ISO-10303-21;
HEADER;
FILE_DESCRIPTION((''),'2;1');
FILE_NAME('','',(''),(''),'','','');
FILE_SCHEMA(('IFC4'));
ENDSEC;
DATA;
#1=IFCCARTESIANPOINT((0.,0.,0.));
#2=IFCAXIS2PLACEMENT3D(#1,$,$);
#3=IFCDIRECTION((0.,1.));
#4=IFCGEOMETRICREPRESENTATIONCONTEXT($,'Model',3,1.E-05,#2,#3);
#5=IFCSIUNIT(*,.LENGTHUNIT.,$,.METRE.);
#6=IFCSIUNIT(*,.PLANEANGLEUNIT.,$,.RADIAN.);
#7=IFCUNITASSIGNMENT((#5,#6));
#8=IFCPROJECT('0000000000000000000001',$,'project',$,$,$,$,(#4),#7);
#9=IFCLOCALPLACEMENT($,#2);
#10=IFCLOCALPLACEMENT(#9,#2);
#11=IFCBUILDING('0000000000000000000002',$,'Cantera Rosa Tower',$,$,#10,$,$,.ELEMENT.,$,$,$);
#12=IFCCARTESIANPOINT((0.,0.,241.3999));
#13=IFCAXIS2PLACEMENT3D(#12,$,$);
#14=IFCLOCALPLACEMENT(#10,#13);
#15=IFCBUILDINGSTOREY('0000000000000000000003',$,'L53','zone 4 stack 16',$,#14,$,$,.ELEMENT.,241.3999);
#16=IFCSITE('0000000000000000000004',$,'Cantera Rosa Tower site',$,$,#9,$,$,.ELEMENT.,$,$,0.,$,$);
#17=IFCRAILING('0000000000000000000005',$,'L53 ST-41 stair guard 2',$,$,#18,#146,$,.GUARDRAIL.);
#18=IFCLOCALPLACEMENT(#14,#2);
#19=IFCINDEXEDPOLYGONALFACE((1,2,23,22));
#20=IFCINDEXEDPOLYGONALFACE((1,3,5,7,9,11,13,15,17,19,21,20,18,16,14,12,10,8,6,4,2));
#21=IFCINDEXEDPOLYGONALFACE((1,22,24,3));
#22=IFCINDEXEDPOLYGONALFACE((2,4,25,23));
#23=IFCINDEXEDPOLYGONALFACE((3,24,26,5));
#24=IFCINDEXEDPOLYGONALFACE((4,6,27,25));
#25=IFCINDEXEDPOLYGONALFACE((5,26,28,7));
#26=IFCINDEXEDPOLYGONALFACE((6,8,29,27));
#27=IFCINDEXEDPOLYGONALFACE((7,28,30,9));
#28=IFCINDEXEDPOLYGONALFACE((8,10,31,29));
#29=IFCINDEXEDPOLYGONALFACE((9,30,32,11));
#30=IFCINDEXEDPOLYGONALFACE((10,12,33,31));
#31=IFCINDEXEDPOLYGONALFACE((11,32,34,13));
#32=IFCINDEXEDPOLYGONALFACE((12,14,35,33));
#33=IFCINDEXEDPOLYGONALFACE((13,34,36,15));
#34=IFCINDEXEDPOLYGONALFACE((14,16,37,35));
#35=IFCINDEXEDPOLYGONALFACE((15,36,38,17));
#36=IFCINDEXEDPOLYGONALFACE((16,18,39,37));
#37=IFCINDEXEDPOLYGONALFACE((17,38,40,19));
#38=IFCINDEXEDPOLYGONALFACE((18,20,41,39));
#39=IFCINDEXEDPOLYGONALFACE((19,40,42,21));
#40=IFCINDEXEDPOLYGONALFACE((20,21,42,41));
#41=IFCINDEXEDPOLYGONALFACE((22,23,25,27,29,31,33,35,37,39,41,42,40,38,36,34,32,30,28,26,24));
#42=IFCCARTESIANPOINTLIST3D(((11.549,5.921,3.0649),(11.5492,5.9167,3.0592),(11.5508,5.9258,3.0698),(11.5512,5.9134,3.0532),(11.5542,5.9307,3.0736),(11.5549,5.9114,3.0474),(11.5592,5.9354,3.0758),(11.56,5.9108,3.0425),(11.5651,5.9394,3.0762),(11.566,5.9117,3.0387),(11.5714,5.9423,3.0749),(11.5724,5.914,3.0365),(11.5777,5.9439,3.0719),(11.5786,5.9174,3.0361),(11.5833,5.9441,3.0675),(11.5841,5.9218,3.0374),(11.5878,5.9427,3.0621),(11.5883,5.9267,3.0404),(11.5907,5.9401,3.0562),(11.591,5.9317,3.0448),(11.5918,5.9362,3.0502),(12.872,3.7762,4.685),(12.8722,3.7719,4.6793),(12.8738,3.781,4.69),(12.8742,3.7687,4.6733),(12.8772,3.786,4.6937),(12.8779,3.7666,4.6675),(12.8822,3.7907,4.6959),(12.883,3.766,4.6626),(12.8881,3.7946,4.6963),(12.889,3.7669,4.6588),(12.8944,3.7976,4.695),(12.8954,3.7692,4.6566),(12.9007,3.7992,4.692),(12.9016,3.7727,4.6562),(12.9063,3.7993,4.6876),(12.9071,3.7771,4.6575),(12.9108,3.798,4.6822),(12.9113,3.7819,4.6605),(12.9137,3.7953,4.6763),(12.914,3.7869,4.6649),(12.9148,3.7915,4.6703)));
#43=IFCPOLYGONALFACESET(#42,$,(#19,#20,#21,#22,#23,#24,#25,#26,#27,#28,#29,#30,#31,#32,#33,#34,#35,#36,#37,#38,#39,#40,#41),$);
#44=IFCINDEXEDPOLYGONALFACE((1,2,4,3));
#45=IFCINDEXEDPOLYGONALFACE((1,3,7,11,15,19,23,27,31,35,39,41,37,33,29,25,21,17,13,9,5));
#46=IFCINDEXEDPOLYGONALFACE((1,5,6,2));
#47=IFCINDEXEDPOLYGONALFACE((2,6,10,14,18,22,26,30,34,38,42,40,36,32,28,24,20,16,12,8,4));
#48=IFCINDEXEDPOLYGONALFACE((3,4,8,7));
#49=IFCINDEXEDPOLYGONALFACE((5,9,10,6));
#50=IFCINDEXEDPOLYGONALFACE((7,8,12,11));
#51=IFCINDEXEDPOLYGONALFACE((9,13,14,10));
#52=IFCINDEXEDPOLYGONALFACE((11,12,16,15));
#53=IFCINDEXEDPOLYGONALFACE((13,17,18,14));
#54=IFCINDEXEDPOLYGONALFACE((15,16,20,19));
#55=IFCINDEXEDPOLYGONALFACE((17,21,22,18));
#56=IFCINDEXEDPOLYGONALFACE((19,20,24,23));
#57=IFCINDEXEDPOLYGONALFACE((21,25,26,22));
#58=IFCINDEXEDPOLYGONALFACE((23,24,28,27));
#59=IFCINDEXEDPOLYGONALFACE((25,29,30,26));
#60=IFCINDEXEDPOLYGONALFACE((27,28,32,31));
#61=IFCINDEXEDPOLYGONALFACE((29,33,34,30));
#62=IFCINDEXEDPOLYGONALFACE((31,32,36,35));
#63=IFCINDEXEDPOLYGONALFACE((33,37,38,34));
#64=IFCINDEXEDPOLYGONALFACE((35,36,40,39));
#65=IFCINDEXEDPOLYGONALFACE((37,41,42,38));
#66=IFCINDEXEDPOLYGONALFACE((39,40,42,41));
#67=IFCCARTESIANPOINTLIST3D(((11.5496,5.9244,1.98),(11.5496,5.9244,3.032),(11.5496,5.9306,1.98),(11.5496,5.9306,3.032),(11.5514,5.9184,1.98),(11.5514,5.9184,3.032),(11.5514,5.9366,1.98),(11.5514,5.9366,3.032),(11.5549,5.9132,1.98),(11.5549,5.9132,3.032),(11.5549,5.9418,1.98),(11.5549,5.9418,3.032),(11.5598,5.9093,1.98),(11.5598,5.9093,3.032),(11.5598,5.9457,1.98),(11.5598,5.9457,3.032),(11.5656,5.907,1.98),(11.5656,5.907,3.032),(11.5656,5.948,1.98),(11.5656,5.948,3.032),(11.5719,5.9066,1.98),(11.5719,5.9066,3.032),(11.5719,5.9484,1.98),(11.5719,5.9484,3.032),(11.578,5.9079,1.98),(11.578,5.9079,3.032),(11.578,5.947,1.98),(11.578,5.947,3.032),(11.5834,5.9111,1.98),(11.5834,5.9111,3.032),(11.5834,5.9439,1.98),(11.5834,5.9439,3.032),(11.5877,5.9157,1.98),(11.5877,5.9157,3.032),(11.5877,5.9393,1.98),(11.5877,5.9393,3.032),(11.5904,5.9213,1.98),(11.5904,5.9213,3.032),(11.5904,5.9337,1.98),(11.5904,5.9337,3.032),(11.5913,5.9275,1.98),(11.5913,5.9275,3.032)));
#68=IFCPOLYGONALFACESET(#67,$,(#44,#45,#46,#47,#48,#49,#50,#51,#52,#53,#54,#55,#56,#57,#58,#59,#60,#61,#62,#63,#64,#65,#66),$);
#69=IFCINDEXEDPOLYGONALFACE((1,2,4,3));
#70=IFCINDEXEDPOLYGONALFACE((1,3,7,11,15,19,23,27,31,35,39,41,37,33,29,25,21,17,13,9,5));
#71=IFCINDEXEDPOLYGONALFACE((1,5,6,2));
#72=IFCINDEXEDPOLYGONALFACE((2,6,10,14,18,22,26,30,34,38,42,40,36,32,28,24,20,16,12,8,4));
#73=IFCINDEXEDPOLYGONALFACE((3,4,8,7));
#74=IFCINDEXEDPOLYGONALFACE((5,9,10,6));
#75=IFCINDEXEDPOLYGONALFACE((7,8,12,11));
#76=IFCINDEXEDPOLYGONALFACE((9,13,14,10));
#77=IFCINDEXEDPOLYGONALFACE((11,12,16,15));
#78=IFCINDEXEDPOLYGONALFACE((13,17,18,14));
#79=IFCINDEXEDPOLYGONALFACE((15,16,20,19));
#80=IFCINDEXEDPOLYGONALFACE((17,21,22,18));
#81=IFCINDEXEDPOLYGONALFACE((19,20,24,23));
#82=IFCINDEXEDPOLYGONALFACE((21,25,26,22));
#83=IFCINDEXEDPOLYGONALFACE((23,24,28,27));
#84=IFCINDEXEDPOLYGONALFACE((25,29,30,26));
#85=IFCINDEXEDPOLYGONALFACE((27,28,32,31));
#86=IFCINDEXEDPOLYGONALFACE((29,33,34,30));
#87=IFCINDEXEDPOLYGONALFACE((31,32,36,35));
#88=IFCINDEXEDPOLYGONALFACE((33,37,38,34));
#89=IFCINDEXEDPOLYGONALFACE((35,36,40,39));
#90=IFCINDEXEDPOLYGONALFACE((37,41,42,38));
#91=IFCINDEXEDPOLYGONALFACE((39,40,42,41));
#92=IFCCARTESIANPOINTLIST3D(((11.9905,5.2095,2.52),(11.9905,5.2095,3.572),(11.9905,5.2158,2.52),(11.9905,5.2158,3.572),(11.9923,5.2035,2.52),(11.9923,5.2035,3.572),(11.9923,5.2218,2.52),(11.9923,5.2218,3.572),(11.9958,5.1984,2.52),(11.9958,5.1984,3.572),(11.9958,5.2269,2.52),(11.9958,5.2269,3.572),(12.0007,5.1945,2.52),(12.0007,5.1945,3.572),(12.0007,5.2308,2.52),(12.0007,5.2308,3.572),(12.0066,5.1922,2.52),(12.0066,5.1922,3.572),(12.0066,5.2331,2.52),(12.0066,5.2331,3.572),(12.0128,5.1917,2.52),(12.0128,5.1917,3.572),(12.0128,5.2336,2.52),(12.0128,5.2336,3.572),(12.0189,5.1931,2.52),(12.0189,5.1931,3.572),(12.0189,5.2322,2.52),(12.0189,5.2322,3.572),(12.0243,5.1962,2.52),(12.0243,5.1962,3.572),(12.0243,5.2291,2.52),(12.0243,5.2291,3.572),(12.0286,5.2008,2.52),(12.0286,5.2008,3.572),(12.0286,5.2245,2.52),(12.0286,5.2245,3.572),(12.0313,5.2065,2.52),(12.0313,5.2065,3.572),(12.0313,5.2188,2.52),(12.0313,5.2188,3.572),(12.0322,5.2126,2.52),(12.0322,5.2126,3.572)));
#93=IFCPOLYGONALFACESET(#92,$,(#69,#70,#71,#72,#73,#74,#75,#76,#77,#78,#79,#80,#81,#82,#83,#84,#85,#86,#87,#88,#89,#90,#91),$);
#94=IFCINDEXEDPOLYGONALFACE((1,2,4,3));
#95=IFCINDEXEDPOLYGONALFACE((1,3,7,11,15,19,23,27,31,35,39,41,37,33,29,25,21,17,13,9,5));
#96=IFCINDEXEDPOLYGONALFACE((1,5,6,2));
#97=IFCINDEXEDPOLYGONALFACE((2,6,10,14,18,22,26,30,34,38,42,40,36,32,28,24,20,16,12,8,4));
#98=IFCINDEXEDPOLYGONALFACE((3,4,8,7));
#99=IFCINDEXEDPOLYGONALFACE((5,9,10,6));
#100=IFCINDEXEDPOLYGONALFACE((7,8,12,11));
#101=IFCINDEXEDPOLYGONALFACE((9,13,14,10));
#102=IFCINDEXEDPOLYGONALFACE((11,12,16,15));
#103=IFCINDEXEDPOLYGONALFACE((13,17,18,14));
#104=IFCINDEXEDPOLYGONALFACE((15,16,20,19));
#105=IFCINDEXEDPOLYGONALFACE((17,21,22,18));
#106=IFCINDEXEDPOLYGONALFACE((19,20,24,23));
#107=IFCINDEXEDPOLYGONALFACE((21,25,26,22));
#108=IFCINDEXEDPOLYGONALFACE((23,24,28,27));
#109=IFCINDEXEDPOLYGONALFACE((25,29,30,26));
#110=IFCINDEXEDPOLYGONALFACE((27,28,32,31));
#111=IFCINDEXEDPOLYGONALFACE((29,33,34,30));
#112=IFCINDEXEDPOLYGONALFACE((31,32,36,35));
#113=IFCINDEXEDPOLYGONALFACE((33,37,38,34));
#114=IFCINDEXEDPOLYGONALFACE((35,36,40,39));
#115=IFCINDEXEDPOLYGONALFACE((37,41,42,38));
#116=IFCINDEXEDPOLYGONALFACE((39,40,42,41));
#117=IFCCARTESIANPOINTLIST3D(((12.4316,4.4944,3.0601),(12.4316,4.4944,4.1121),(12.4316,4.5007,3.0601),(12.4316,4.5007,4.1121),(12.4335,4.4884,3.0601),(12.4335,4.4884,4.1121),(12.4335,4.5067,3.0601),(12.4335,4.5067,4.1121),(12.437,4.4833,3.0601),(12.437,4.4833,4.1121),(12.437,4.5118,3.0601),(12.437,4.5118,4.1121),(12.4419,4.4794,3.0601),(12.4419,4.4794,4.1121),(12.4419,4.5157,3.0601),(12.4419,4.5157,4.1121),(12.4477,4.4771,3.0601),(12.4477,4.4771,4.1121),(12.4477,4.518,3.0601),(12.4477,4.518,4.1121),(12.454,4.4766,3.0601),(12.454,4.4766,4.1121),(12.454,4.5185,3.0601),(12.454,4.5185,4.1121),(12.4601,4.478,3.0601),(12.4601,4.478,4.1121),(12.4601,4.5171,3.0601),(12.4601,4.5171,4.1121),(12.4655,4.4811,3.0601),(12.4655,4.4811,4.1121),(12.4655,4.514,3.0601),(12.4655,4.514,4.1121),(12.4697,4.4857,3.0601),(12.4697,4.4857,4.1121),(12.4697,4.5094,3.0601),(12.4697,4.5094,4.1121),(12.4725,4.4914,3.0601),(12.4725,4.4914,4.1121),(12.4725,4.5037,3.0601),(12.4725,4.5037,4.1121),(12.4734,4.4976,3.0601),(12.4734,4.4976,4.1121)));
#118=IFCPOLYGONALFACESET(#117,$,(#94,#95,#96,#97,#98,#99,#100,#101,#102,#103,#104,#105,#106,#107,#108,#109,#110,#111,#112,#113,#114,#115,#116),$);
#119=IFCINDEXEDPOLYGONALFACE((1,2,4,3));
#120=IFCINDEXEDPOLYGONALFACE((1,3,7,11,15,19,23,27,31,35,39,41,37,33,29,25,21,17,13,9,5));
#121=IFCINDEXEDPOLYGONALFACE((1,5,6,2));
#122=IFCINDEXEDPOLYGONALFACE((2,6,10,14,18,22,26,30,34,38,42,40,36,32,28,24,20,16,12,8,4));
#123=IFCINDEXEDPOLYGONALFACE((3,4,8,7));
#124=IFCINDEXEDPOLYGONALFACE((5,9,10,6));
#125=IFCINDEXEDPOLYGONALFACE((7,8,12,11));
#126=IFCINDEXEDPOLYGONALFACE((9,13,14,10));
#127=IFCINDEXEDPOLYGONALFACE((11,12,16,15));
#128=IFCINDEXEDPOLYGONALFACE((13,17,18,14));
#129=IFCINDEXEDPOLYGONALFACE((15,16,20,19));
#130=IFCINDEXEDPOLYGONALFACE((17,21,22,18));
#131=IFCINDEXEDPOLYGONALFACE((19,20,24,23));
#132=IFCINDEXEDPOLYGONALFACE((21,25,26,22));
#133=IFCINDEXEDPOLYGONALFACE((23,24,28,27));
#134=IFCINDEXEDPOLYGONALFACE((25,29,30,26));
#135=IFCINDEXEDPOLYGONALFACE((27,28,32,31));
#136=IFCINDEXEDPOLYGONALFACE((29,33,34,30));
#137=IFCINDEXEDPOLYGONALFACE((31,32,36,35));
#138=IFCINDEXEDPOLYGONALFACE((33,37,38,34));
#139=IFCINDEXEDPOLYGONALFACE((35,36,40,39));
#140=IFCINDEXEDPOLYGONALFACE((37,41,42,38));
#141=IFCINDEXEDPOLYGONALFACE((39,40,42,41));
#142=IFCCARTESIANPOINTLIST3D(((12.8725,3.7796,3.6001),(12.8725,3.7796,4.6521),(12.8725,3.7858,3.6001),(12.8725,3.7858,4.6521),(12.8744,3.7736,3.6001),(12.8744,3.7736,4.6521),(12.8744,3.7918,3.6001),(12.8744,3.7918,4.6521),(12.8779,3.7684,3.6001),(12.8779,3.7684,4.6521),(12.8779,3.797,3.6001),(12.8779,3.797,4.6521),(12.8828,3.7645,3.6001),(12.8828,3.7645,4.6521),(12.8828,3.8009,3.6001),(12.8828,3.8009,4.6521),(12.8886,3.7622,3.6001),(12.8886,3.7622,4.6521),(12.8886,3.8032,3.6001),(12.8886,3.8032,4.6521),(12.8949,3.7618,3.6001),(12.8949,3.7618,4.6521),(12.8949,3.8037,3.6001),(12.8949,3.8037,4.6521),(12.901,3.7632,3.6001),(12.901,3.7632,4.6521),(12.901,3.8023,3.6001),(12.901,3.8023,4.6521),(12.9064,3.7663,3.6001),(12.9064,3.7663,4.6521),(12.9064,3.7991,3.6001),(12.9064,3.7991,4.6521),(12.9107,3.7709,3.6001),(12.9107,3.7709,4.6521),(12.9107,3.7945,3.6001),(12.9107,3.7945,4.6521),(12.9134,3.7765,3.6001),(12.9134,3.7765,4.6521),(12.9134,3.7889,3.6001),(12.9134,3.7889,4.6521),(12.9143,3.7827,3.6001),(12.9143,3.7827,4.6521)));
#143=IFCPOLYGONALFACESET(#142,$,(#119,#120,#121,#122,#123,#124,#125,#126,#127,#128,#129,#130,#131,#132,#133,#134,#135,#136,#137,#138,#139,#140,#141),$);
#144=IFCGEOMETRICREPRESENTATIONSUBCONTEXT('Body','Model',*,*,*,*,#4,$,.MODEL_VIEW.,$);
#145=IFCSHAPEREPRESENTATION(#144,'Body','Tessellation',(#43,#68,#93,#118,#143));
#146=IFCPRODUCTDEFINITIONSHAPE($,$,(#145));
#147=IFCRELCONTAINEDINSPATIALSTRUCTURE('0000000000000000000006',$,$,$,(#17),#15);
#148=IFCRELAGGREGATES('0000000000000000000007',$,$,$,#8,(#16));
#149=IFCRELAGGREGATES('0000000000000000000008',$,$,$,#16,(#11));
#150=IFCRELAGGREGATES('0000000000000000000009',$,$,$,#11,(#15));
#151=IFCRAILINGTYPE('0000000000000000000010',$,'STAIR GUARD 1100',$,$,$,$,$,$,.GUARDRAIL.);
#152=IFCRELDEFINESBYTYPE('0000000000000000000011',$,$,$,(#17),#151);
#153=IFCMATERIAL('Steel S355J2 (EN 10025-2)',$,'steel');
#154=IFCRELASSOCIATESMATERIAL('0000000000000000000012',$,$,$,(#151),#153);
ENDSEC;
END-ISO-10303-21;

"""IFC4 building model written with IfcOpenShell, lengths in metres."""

from ifc_helpers import new_model, si_unit, direction, frame, origin, origin_2d, place, context, subcontext, project, spatial, circle, extrude, material, type_object, element, save


model = new_model("IFC4")

# Units and contexts
model_context = context("Model", 3, precision=1e-05, world=origin(), true_north=direction((0.0, 1.0)))
body_context = subcontext(model_context, "Body", "Model", "MODEL_VIEW")
ifc_project = project(units=[si_unit("LENGTHUNIT", "METRE"), si_unit("PLANEANGLEUNIT", "RADIAN")], contexts=[model_context])

# Site, building, storey
site_placement = place(None, origin())
site = spatial("IfcSite", under=ifc_project, at=site_placement, Name="Cantera Rosa Tower site", CompositionType="ELEMENT", RefElevation=0.0)
building_placement = place(site_placement, origin())
building = spatial("IfcBuilding", under=site, at=building_placement, Name="Cantera Rosa Tower", CompositionType="ELEMENT")
storey_placement = place(building_placement, frame((0.0, 0.0, 241.3999)))
storey = spatial("IfcBuildingStorey", under=building, at=storey_placement, Name="L53", Description="zone 4 stack 16", CompositionType="ELEMENT", Elevation=241.3999)

# Railing
ifc_material_1 = material(Name="Steel S355J2 (EN 10025-2)", Category="steel")
railing_type_1 = type_object("IfcRailingType", Name="STAIR GUARD 1100", PredefinedType="GUARDRAIL", material=ifc_material_1)
railing_1_placement = place(storey_placement, frame((11.5703, 5.9275, 1.98)))
element("IfcRailing", 1, at=railing_1_placement, inside=storey, type_object=railing_type_1, Name="L53 ST-41 stair guard 2", PredefinedType="GUARDRAIL", context=body_context, shape_type="SweptSolid", body=[
    extrude(circle(Radius=0.0239, at=origin_2d()), frame((0.0, 0.0, 1.0762), z_axis=(0.441609, -0.715914, 0.540786), x_axis=(0.851102, 0.525, 0.0)), (0.0, 0.0, 1.0), 2.9958),
    extrude(circle(Radius=0.021, at=origin_2d()), origin(), (0.0, 0.0, 1.0), 1.052),
    extrude(circle(Radius=0.021, at=origin_2d()), frame((0.4409, -0.7148, 0.54)), (0.0, 0.0, 1.0), 1.052),
    extrude(circle(Radius=0.021, at=origin_2d()), frame((0.8821, -1.4299, 1.0801)), (0.0, 0.0, 1.0), 1.052),
    extrude(circle(Radius=0.021, at=origin_2d()), frame((1.323, -2.1448, 1.6201)), (0.0, 0.0, 1.0), 1.052),
])

save(model, "model.ifc")
